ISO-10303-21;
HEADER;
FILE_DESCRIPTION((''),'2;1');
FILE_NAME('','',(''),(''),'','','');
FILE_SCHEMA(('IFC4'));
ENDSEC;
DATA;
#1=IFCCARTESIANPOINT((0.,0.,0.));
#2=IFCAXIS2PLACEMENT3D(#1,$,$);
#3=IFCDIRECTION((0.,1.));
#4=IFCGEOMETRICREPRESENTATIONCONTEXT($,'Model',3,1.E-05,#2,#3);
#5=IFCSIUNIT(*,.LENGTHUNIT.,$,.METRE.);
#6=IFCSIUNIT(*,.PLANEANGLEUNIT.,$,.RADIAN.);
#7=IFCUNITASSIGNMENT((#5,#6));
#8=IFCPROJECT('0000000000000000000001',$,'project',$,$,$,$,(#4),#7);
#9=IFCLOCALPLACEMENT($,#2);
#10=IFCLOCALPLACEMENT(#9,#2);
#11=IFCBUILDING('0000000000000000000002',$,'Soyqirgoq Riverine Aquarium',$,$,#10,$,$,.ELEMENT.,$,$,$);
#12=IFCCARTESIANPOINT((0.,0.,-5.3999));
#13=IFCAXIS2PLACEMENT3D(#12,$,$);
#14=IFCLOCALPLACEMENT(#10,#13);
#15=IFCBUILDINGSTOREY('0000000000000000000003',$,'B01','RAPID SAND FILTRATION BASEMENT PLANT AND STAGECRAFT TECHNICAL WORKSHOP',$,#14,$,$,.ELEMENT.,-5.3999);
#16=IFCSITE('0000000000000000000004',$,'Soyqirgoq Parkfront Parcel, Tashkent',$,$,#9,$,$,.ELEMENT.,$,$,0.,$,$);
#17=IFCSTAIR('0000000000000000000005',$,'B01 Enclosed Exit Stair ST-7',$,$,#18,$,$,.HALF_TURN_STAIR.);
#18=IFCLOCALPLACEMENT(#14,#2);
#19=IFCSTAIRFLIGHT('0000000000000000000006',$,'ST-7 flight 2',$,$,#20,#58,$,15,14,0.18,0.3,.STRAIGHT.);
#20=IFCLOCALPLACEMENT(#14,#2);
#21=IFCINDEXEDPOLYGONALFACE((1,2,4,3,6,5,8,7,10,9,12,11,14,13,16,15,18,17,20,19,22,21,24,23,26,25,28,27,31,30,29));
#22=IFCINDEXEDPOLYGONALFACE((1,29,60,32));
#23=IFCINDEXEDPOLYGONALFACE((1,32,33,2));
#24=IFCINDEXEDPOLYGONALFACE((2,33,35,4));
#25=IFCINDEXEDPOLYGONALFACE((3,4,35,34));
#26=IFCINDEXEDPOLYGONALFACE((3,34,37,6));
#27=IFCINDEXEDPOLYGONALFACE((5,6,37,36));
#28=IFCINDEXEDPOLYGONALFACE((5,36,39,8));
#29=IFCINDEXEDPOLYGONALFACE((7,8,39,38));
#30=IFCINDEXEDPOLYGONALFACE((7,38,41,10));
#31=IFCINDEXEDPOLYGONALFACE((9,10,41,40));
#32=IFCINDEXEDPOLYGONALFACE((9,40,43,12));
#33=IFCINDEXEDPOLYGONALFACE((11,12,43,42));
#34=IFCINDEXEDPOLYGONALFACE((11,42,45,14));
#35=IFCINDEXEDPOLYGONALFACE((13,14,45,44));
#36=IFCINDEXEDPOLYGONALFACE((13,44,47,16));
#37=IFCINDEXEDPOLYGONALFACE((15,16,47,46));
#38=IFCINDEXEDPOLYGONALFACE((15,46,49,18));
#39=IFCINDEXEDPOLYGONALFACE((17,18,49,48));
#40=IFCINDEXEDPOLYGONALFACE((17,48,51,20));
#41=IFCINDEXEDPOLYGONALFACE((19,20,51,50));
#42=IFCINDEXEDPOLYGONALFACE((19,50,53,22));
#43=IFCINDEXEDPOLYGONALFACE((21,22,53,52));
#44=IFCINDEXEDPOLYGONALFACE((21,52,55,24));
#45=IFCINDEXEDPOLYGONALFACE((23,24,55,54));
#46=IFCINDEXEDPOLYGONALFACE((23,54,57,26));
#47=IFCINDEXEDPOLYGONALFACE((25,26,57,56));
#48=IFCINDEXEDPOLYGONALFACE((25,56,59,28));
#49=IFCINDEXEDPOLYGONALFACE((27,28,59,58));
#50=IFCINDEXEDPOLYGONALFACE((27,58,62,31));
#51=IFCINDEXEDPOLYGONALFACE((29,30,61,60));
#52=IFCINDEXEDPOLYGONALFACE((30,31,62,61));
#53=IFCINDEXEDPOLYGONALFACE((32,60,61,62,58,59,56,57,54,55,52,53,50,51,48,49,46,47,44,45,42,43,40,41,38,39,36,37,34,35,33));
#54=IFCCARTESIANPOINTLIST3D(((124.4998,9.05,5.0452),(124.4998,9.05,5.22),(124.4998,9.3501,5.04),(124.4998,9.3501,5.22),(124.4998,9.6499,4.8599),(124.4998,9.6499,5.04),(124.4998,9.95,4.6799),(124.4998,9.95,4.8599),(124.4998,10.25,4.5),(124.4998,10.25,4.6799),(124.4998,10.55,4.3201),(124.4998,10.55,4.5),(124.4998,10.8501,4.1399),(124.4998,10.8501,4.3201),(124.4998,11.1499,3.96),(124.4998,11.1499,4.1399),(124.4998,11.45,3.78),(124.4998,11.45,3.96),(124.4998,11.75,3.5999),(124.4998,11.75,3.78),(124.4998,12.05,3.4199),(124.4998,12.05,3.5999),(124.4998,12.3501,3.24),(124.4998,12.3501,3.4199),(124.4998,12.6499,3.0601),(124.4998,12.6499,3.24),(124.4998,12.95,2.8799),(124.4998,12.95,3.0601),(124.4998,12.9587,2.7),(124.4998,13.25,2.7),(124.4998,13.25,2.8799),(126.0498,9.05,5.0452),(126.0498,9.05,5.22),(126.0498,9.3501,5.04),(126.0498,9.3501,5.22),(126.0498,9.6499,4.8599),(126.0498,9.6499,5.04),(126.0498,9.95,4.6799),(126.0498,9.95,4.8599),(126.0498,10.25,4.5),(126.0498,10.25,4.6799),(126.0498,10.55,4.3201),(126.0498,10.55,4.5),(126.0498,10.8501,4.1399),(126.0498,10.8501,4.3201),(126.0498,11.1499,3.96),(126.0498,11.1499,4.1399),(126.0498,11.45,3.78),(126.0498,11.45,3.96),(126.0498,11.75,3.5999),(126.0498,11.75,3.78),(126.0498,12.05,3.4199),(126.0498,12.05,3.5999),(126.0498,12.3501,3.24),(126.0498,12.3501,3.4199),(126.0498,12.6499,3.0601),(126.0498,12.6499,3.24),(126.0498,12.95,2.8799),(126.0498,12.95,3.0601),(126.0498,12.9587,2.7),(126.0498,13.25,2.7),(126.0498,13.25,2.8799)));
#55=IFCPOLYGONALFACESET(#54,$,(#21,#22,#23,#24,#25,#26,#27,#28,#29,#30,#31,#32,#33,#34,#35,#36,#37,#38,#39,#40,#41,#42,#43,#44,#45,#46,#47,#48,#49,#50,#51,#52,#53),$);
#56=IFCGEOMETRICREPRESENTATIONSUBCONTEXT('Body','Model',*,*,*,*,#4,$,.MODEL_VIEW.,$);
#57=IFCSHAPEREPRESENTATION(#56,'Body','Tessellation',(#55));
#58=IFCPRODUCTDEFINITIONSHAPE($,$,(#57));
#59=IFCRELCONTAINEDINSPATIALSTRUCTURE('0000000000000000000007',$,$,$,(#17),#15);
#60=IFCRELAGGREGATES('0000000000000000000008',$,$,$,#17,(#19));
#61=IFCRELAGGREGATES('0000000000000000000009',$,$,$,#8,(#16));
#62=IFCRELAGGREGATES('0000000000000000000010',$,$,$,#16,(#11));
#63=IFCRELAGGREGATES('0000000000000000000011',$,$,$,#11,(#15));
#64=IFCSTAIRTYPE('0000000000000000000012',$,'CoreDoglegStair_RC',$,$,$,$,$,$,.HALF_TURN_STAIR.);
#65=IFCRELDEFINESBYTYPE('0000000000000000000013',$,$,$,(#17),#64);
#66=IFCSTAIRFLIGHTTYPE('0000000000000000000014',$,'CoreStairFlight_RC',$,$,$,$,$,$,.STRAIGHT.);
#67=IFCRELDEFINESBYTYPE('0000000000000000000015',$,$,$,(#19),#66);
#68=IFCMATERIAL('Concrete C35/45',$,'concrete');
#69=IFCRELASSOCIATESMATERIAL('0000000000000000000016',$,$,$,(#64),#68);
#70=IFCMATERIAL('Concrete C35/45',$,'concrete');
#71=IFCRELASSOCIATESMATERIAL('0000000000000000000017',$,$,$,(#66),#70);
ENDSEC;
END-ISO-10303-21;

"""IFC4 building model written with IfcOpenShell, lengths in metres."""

from ifc_helpers import new_model, si_unit, direction, frame, origin, place, context, subcontext, project, spatial, polyline, outline, extrude, material, type_object, element, aggregate, save


model = new_model("IFC4")

# Units and contexts
model_context = context("Model", 3, precision=1e-05, world=origin(), true_north=direction((0.0, 1.0)))
body_context = subcontext(model_context, "Body", "Model", "MODEL_VIEW")
ifc_project = project(units=[si_unit("LENGTHUNIT", "METRE"), si_unit("PLANEANGLEUNIT", "RADIAN")], contexts=[model_context])

# Site, building, storey
site_placement = place(None, origin())
site = spatial("IfcSite", under=ifc_project, at=site_placement, Name="Soyqirgoq Parkfront Parcel, Tashkent", CompositionType="ELEMENT", RefElevation=0.0)
building_placement = place(site_placement, origin())
building = spatial("IfcBuilding", under=site, at=building_placement, Name="Soyqirgoq Riverine Aquarium", CompositionType="ELEMENT")
storey_placement = place(building_placement, frame((0.0, 0.0, -5.3999)))
storey = spatial("IfcBuildingStorey", under=building, at=storey_placement, Name="B01", Description="RAPID SAND FILTRATION BASEMENT PLANT AND STAGECRAFT TECHNICAL WORKSHOP", CompositionType="ELEMENT", Elevation=-5.3999)

# Stair, stair flight
ifc_material_1 = material(Name="Concrete C35/45", Category="concrete")
stair_type = type_object("IfcStairType", Name="CoreDoglegStair_RC", PredefinedType="HALF_TURN_STAIR", material=ifc_material_1)
stair_placement = place(storey_placement, origin())
stair = element("IfcStair", 1, at=stair_placement, inside=storey, type_object=stair_type, Name="B01 Enclosed Exit Stair ST-7", PredefinedType="HALF_TURN_STAIR")
ifc_material_2 = material(Name="Concrete C35/45", Category="concrete")
stair_flight_type = type_object("IfcStairFlightType", Name="CoreStairFlight_RC", PredefinedType="STRAIGHT", material=ifc_material_2)
stair_flight_placement = place(storey_placement, frame((125.2749, 13.25, 2.7), z_axis=(0.0, 0.0, 1.0), x_axis=(0.0, -1.0, 0.0)))
stair_flight = element("IfcStairFlight", 2, at=stair_flight_placement, type_object=stair_flight_type, Name="ST-7 flight 2", NumberOfRisers=15, NumberOfTreads=14, PredefinedType="STRAIGHT", RiserHeight=0.18, TreadLength=0.3, context=body_context, shape_type="SweptSolid", body=[
    extrude(outline(polyline([(0.0, 0.0), (0.0, 0.1799), (0.3, 0.1799), (0.3, 0.3601), (0.6001, 0.3601), (0.6001, 0.54), (0.8999, 0.54), (0.8999, 0.72), (1.2, 0.72), (1.2, 0.8999), (1.5, 0.8999), (1.5, 1.0801), (1.8, 1.0801), (1.8, 1.26), (2.1001, 1.26), (2.1001, 1.4399), (2.3999, 1.4399), (2.3999, 1.6201), (2.7, 1.6201), (2.7, 1.8), (3.0, 1.8), (3.0, 1.98), (3.3, 1.98), (3.3, 2.1599), (3.6001, 2.1599), (3.6001, 2.3401), (3.8999, 2.3401), (3.8999, 2.52), (4.2, 2.52), (4.2, 2.7), (4.2, 2.3452), (0.2913, 0.0), (0.0, 0.0)])), frame((0.0, 0.7749, 0.0), z_axis=(0.0, -1.0, 0.0), x_axis=(1.0, 0.0, 0.0)), (0.0, 0.0, 1.0), 1.55),
])
aggregate(stair, [stair_flight])

save(model, "model.ifc")
